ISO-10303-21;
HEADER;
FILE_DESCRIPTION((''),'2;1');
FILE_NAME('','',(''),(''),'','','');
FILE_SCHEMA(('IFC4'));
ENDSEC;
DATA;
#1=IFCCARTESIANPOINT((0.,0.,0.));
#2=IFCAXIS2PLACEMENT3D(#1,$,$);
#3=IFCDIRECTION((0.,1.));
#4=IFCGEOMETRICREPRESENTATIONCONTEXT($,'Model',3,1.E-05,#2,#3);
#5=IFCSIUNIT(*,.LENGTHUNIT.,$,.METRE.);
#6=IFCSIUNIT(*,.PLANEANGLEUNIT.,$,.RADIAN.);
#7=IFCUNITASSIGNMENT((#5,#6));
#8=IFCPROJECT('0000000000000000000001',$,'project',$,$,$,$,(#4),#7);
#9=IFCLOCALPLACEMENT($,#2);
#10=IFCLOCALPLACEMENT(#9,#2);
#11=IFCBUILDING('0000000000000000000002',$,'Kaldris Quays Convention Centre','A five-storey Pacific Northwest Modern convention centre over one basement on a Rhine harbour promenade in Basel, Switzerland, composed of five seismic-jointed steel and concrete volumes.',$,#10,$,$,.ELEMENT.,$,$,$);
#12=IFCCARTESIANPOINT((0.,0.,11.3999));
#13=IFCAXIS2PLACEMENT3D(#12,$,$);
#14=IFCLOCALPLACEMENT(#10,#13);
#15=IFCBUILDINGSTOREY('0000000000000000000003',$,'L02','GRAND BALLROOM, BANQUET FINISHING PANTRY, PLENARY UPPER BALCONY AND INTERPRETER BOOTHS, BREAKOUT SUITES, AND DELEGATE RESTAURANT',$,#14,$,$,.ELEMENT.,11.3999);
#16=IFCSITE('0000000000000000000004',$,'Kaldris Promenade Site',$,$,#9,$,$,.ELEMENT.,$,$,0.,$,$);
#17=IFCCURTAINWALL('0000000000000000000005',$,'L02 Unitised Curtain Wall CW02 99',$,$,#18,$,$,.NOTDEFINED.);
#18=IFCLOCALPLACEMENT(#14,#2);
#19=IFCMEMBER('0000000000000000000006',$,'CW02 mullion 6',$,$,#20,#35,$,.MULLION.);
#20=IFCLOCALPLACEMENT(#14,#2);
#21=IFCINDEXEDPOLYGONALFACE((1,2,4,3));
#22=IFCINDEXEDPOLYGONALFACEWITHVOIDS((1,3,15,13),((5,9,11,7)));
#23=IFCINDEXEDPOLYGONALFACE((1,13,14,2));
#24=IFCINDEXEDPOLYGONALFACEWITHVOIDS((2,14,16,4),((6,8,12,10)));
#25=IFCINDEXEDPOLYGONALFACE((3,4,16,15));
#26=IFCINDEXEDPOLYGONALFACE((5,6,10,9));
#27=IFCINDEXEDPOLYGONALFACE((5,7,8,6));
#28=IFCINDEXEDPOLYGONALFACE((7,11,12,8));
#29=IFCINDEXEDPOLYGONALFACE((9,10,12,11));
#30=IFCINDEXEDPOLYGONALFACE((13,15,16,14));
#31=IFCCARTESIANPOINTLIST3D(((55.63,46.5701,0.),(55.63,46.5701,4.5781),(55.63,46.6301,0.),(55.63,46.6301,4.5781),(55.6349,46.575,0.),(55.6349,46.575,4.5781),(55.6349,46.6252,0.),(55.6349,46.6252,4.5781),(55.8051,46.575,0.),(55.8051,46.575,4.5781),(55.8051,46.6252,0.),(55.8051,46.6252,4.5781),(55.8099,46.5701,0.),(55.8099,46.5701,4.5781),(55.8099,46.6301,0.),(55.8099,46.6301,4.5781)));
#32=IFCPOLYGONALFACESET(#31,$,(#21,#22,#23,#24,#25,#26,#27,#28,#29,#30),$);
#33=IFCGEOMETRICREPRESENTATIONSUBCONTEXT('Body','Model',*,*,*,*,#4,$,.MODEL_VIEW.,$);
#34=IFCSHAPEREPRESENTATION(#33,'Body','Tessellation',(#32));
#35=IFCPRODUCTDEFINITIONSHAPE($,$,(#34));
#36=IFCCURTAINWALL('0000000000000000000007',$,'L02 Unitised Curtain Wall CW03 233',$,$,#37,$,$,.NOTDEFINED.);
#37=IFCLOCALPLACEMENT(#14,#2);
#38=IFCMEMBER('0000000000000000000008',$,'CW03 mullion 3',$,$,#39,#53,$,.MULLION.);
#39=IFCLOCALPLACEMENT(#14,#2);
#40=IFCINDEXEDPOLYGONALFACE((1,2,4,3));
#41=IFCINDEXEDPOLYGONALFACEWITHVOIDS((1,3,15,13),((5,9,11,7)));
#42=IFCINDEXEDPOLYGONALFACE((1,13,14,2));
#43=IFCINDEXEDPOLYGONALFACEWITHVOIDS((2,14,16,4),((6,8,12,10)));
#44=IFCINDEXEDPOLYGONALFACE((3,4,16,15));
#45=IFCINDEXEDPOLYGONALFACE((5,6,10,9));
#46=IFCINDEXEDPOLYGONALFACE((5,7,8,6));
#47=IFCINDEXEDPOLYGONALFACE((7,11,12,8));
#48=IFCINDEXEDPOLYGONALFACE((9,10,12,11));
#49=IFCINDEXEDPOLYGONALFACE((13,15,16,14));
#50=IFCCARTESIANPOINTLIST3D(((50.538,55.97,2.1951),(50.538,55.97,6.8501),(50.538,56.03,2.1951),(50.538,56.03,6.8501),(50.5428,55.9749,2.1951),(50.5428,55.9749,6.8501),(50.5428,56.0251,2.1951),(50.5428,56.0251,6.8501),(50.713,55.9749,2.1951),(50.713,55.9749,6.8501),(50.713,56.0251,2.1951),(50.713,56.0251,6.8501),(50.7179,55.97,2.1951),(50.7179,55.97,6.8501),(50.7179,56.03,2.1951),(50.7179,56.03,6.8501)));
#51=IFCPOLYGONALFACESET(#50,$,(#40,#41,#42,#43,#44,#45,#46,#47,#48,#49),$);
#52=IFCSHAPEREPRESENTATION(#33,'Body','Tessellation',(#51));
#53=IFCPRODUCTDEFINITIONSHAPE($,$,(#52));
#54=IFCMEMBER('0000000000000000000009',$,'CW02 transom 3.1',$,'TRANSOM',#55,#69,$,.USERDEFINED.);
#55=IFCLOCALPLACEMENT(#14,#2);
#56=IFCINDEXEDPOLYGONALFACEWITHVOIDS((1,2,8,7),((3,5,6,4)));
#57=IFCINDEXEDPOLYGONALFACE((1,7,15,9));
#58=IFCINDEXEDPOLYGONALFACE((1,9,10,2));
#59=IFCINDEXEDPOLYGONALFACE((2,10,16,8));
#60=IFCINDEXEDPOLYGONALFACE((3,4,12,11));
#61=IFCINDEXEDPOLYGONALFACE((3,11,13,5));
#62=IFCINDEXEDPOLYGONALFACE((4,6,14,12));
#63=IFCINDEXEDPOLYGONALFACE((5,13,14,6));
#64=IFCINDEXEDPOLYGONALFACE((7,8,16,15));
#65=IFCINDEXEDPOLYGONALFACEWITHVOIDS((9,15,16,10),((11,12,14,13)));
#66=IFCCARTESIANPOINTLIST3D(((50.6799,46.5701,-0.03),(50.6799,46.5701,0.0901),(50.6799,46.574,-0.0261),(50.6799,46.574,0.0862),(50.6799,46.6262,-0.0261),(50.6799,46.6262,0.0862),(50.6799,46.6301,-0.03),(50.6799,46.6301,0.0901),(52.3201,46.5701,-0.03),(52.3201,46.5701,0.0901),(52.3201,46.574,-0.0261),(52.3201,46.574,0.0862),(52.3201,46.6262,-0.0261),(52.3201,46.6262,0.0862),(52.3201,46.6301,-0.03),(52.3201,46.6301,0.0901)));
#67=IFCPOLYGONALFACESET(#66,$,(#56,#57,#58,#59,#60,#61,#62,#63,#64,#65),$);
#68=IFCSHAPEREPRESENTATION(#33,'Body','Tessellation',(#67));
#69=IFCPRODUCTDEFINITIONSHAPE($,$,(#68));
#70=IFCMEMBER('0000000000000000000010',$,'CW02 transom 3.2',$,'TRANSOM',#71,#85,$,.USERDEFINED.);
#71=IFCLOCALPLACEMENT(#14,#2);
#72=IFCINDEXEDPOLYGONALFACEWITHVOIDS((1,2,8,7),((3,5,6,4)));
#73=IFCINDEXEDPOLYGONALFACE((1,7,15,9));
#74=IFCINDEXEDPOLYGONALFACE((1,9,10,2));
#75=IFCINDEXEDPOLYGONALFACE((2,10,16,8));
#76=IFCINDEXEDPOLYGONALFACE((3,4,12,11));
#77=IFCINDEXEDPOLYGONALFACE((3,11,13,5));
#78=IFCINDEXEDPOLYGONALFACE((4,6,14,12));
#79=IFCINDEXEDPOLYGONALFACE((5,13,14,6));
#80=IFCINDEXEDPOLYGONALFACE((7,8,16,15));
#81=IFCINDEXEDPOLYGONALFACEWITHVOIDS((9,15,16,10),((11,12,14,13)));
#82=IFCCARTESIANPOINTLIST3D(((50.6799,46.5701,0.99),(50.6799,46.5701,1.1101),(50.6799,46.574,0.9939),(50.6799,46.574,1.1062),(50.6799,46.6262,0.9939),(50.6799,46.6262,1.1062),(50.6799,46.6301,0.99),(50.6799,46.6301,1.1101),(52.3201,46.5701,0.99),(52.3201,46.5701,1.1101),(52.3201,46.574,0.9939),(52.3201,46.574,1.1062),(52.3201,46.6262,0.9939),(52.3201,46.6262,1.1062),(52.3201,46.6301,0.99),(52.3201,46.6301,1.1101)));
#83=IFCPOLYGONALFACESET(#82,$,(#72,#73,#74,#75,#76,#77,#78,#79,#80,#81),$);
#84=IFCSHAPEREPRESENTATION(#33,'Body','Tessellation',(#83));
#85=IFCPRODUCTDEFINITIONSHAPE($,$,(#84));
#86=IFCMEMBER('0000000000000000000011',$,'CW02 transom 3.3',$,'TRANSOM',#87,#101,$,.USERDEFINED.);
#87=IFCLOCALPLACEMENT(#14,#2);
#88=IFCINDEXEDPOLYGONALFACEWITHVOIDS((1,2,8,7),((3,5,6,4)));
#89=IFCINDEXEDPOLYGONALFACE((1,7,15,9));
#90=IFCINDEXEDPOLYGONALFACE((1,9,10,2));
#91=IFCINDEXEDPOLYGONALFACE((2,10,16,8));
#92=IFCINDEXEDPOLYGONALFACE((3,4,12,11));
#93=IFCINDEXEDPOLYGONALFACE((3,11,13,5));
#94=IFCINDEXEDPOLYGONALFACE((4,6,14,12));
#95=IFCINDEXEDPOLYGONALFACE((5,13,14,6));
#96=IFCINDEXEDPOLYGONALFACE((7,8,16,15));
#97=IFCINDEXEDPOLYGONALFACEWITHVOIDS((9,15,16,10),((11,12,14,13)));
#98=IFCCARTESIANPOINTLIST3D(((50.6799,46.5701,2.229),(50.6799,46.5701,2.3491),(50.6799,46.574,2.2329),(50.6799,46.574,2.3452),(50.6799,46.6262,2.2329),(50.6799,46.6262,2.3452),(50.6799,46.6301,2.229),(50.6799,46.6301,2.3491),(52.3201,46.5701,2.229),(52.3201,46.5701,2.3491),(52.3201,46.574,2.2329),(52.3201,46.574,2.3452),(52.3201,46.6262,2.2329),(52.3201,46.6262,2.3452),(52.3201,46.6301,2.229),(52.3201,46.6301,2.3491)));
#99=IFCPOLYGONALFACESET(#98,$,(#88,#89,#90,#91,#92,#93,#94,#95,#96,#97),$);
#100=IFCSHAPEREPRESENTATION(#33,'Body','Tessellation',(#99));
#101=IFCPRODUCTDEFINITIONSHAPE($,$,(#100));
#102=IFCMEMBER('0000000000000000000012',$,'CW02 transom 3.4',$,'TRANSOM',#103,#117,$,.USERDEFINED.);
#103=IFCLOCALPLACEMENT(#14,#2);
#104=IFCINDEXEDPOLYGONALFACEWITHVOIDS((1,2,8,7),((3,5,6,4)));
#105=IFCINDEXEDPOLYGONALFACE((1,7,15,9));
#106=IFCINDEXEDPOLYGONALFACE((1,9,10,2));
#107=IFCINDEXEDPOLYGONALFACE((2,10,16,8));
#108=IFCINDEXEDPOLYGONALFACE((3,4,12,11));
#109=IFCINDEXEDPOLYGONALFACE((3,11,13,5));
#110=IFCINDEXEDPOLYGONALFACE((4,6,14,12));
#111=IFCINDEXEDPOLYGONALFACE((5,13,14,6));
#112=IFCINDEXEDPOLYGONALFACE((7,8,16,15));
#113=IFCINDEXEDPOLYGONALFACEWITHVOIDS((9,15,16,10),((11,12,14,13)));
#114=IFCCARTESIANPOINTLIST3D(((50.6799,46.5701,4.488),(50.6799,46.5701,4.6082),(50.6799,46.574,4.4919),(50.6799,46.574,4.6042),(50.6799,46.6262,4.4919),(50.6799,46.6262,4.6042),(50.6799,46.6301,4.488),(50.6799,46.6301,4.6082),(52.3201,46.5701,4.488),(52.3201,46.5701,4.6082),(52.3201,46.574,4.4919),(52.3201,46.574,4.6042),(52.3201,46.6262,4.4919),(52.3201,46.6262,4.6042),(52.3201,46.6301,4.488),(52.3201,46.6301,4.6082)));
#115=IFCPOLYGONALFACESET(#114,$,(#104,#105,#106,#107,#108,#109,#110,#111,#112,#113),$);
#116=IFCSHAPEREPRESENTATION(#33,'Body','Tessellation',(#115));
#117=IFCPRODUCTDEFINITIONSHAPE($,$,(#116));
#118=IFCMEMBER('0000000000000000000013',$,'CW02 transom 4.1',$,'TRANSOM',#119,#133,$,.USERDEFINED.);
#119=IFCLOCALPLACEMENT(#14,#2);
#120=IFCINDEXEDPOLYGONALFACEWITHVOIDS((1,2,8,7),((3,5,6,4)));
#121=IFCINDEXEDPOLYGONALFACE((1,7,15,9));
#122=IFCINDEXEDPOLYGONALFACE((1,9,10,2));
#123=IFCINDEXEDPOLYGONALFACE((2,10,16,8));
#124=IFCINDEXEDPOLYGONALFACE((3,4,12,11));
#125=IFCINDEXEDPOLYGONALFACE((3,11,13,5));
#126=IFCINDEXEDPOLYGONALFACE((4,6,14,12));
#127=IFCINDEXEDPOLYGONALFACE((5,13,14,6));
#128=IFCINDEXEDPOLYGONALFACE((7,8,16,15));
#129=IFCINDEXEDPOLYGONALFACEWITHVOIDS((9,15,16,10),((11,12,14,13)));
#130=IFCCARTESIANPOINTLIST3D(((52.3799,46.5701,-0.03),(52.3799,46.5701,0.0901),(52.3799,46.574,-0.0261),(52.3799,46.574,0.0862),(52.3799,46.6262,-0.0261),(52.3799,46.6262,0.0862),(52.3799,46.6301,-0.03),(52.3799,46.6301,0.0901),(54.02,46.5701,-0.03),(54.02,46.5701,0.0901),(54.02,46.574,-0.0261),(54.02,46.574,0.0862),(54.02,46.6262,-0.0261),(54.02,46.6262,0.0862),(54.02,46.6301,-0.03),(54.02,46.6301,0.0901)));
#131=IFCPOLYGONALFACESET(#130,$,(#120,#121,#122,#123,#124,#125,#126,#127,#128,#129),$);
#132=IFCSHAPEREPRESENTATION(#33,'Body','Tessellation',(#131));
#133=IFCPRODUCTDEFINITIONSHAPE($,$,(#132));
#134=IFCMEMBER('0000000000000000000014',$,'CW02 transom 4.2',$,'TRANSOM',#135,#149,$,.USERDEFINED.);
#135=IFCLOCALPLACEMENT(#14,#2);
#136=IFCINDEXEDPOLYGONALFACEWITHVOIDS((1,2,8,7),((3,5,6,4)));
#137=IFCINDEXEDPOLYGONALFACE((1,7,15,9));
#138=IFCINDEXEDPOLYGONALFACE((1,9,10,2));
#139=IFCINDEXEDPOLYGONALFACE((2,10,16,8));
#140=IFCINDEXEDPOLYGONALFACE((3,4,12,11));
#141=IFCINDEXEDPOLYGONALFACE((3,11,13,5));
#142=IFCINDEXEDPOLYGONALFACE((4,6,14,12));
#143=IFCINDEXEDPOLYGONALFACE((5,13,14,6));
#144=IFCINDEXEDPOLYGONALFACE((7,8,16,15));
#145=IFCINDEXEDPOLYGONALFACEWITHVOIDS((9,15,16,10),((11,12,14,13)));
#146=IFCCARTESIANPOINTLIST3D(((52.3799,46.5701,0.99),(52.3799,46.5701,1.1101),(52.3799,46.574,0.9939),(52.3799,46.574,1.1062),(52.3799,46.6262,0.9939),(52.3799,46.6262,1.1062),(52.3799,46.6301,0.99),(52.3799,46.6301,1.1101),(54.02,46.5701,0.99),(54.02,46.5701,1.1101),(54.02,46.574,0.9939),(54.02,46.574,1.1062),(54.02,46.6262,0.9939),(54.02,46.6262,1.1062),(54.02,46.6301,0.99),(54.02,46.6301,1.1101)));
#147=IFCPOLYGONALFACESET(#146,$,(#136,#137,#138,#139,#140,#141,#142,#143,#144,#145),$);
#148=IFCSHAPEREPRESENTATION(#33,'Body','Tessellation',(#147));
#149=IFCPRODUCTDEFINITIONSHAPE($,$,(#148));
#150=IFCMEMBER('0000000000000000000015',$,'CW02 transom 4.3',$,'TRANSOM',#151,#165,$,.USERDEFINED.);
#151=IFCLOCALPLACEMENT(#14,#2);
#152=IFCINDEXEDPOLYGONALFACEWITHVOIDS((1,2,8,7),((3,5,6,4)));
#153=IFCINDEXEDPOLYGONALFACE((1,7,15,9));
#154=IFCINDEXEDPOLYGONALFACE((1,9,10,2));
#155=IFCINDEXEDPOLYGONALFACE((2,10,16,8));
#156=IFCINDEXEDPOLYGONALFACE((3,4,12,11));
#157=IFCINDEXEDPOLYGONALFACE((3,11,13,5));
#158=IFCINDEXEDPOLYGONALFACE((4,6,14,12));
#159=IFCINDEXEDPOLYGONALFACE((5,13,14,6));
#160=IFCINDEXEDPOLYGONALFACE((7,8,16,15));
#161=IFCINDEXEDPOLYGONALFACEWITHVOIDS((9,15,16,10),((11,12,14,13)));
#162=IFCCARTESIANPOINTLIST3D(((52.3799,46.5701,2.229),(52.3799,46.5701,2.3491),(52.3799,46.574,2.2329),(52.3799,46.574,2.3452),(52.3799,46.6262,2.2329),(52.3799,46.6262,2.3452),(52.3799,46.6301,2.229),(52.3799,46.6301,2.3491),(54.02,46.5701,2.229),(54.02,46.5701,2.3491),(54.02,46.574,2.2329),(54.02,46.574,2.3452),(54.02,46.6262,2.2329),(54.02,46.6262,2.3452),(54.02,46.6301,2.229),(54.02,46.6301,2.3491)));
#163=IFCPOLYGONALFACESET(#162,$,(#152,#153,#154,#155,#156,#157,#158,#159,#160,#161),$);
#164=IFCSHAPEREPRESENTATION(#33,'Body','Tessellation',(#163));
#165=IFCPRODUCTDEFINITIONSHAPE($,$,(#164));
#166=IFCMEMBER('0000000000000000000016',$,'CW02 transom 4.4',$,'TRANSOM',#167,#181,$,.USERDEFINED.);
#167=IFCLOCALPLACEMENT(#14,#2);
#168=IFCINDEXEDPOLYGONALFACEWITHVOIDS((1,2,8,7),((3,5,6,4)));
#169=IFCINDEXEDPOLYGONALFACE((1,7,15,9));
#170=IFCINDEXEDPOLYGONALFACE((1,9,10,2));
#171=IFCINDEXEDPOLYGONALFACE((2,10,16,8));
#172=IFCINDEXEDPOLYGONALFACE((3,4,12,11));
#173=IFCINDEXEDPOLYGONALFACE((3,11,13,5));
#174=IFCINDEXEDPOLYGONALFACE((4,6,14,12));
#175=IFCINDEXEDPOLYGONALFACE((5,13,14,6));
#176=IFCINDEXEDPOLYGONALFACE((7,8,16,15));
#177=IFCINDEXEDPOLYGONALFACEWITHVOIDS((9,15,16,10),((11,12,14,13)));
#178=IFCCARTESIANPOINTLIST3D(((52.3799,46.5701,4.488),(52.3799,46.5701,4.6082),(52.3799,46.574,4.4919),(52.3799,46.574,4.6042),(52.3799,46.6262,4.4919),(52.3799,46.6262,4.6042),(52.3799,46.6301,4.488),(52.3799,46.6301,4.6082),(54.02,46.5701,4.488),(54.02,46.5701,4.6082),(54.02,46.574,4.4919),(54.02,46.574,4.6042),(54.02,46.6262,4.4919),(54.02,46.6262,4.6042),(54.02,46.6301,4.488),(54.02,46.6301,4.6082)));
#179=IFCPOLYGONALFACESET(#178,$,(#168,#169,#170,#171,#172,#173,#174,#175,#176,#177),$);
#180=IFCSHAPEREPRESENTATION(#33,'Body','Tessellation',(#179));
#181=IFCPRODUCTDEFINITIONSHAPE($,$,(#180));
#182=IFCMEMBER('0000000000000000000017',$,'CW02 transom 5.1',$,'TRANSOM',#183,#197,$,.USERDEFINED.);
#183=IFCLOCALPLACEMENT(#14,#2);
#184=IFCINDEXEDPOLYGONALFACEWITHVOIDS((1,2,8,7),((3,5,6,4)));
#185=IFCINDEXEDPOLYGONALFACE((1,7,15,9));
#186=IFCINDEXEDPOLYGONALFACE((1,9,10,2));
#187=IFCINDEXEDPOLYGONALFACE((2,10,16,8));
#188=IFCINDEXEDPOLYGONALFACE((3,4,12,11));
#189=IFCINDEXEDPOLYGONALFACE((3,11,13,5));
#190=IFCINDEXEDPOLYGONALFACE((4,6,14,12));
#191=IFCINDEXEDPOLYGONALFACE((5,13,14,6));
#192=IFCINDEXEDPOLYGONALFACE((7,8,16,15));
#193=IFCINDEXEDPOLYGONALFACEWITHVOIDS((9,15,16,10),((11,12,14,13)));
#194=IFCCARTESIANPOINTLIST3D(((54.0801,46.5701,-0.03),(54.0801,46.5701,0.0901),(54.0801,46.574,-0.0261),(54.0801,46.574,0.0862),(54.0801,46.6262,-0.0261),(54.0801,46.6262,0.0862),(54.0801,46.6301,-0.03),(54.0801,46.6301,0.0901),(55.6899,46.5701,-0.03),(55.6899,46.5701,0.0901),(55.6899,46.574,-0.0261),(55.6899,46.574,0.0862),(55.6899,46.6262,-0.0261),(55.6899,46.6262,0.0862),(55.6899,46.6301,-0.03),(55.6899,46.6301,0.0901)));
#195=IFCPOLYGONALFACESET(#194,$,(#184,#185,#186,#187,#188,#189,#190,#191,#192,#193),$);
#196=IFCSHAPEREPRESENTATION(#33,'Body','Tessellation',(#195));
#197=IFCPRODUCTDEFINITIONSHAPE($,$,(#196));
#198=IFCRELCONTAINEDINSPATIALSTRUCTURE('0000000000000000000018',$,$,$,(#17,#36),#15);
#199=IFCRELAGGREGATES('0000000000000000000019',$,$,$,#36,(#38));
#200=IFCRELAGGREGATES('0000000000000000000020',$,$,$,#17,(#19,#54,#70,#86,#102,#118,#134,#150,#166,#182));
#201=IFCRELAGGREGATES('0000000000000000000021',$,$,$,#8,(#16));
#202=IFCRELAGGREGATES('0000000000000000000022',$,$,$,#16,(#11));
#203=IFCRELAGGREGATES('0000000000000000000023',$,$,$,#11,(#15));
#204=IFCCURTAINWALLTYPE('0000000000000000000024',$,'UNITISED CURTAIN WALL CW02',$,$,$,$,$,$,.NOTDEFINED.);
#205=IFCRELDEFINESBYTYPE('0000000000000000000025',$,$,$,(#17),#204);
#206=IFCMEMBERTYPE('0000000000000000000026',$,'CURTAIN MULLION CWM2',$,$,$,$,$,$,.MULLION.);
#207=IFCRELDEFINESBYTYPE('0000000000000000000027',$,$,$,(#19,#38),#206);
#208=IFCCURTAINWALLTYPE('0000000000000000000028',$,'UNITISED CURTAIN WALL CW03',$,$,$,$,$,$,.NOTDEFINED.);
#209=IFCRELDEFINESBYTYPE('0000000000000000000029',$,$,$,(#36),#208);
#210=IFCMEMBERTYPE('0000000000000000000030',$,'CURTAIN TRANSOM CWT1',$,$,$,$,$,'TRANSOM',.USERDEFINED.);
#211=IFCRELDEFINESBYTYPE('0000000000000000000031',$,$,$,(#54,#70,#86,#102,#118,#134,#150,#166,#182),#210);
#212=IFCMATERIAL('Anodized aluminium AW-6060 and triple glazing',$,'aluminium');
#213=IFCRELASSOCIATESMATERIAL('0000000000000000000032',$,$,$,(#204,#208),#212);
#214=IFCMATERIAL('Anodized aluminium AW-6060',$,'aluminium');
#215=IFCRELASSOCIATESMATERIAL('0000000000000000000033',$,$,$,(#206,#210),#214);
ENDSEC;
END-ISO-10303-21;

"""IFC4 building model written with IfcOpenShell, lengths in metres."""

from ifc_helpers import new_model, si_unit, direction, frame, origin, origin_2d, place, context, subcontext, project, spatial, hollow_rectangle, extrude, material, material_profile, profile_set, type_object, element, aggregate, save


model = new_model("IFC4")

# Units and contexts
model_context = context("Model", 3, precision=1e-05, world=origin(), true_north=direction((0.0, 1.0)))
body_context = subcontext(model_context, "Body", "Model", "MODEL_VIEW")
ifc_project = project(units=[si_unit("LENGTHUNIT", "METRE"), si_unit("PLANEANGLEUNIT", "RADIAN")], contexts=[model_context])

# Site, building, storey
site_placement = place(None, origin())
site = spatial("IfcSite", under=ifc_project, at=site_placement, Name="Kaldris Promenade Site", CompositionType="ELEMENT", RefElevation=0.0)
building_placement = place(site_placement, origin())
building = spatial("IfcBuilding", under=site, at=building_placement, Name="Kaldris Quays Convention Centre", Description="A five-storey Pacific Northwest Modern convention centre over one basement on a Rhine harbour promenade in Basel, Switzerland, composed of five seismic-jointed steel and concrete volumes.", CompositionType="ELEMENT")
storey_placement = place(building_placement, frame((0.0, 0.0, 11.3999)))
storey = spatial("IfcBuildingStorey", under=building, at=storey_placement, Name="L02", Description="GRAND BALLROOM, BANQUET FINISHING PANTRY, PLENARY UPPER BALCONY AND INTERPRETER BOOTHS, BREAKOUT SUITES, AND DELEGATE RESTAURANT", CompositionType="ELEMENT", Elevation=11.3999)

# Curtain wall, member
ifc_material_1 = material(Name="Anodized aluminium AW-6060 and triple glazing", Category="aluminium")
curtain_wall_type_1 = type_object("IfcCurtainWallType", Name="UNITISED CURTAIN WALL CW02", PredefinedType="NOTDEFINED", material=ifc_material_1)
curtain_wall_1_placement = place(storey_placement, origin())
curtain_wall_1 = element("IfcCurtainWall", 1, at=curtain_wall_1_placement, inside=storey, type_object=curtain_wall_type_1, Name="L02 Unitised Curtain Wall CW02 99", PredefinedType="NOTDEFINED")
ifc_material_2 = material(Name="Anodized aluminium AW-6060", Category="aluminium")
ifc_material_profile_1 = material_profile(ifc_material_2, hollow_rectangle(XDim=0.0601, YDim=0.1799, WallThickness=0.0049, at=origin_2d()), Name="RHS 180x60x5")
ifc_profile_set_1 = profile_set([ifc_material_profile_1], Name="Anodized aluminium AW-6060")
member_type_1 = type_object("IfcMemberType", Name="CURTAIN MULLION CWM2", PredefinedType="MULLION", material=ifc_profile_set_1)
member_1_placement = place(storey_placement, frame((55.72, 46.6001, 0.0), z_axis=(0.0, 0.0, 1.0), x_axis=(0.0, 1.0, 0.0)))
member_1 = element("IfcMember", 2, at=member_1_placement, type_object=member_type_1, Name="CW02 mullion 6", PredefinedType="MULLION", context=body_context, shape_type="SweptSolid", body=[
    extrude(hollow_rectangle(XDim=0.0601, YDim=0.1799, WallThickness=0.0049, at=origin_2d()), origin(), (0.0, 0.0, 1.0), 4.5781),
])

# Curtain wall, member
curtain_wall_type_2 = type_object("IfcCurtainWallType", Name="UNITISED CURTAIN WALL CW03", PredefinedType="NOTDEFINED", material=ifc_material_1)
curtain_wall_2_placement = place(storey_placement, origin())
curtain_wall_2 = element("IfcCurtainWall", 3, at=curtain_wall_2_placement, inside=storey, type_object=curtain_wall_type_2, Name="L02 Unitised Curtain Wall CW03 233", PredefinedType="NOTDEFINED")
member_2_placement = place(storey_placement, frame((50.6279, 56.0, 2.1951), z_axis=(0.0, 0.0, 1.0), x_axis=(0.0, 1.0, 0.0)))
member_2 = element("IfcMember", 4, at=member_2_placement, type_object=member_type_1, Name="CW03 mullion 3", PredefinedType="MULLION", context=body_context, shape_type="SweptSolid", body=[
    extrude(hollow_rectangle(XDim=0.0601, YDim=0.1799, WallThickness=0.0049, at=origin_2d()), origin(), (0.0, 0.0, 1.0), 4.655),
])

# Members
ifc_material_profile_2 = material_profile(ifc_material_2, hollow_rectangle(XDim=0.0601, YDim=0.1201, WallThickness=0.0039, at=origin_2d()), Name="RHS 120x60x4")
ifc_profile_set_2 = profile_set([ifc_material_profile_2], Name="Anodized aluminium AW-6060")
member_type_2 = type_object("IfcMemberType", Name="CURTAIN TRANSOM CWT1", ElementType="TRANSOM", PredefinedType="USERDEFINED", material=ifc_profile_set_2)
member_3_placement = place(storey_placement, frame((50.6799, 46.6001, 0.03), z_axis=(1.0, 0.0, 0.0), x_axis=(0.0, 1.0, 0.0)))
member_3 = element("IfcMember", 5, at=member_3_placement, type_object=member_type_2, Name="CW02 transom 3.1", ObjectType="TRANSOM", PredefinedType="USERDEFINED", context=body_context, shape_type="SweptSolid", body=[
    extrude(hollow_rectangle(XDim=0.0601, YDim=0.1201, WallThickness=0.0039, at=origin_2d()), origin(), (0.0, 0.0, 1.0), 1.6401),
])
member_4_placement = place(storey_placement, frame((50.6799, 46.6001, 1.05), z_axis=(1.0, 0.0, 0.0), x_axis=(0.0, 1.0, 0.0)))
member_4 = element("IfcMember", 6, at=member_4_placement, type_object=member_type_2, Name="CW02 transom 3.2", ObjectType="TRANSOM", PredefinedType="USERDEFINED", context=body_context, shape_type="SweptSolid", body=[
    extrude(hollow_rectangle(XDim=0.0601, YDim=0.1201, WallThickness=0.0039, at=origin_2d()), origin(), (0.0, 0.0, 1.0), 1.6401),
])
member_5_placement = place(storey_placement, frame((50.6799, 46.6001, 2.2891), z_axis=(1.0, 0.0, 0.0), x_axis=(0.0, 1.0, 0.0)))
member_5 = element("IfcMember", 7, at=member_5_placement, type_object=member_type_2, Name="CW02 transom 3.3", ObjectType="TRANSOM", PredefinedType="USERDEFINED", context=body_context, shape_type="SweptSolid", body=[
    extrude(hollow_rectangle(XDim=0.0601, YDim=0.1201, WallThickness=0.0039, at=origin_2d()), origin(), (0.0, 0.0, 1.0), 1.6401),
])
member_6_placement = place(storey_placement, frame((50.6799, 46.6001, 4.5481), z_axis=(1.0, 0.0, 0.0), x_axis=(0.0, 1.0, 0.0)))
member_6 = element("IfcMember", 8, at=member_6_placement, type_object=member_type_2, Name="CW02 transom 3.4", ObjectType="TRANSOM", PredefinedType="USERDEFINED", context=body_context, shape_type="SweptSolid", body=[
    extrude(hollow_rectangle(XDim=0.0601, YDim=0.1201, WallThickness=0.0039, at=origin_2d()), origin(), (0.0, 0.0, 1.0), 1.6401),
])
member_7_placement = place(storey_placement, frame((52.3799, 46.6001, 0.03), z_axis=(1.0, 0.0, 0.0), x_axis=(0.0, 1.0, 0.0)))
member_7 = element("IfcMember", 9, at=member_7_placement, type_object=member_type_2, Name="CW02 transom 4.1", ObjectType="TRANSOM", PredefinedType="USERDEFINED", context=body_context, shape_type="SweptSolid", body=[
    extrude(hollow_rectangle(XDim=0.0601, YDim=0.1201, WallThickness=0.0039, at=origin_2d()), origin(), (0.0, 0.0, 1.0), 1.6401),
])
member_8_placement = place(storey_placement, frame((52.3799, 46.6001, 1.05), z_axis=(1.0, 0.0, 0.0), x_axis=(0.0, 1.0, 0.0)))
member_8 = element("IfcMember", 10, at=member_8_placement, type_object=member_type_2, Name="CW02 transom 4.2", ObjectType="TRANSOM", PredefinedType="USERDEFINED", context=body_context, shape_type="SweptSolid", body=[
    extrude(hollow_rectangle(XDim=0.0601, YDim=0.1201, WallThickness=0.0039, at=origin_2d()), origin(), (0.0, 0.0, 1.0), 1.6401),
])
member_9_placement = place(storey_placement, frame((52.3799, 46.6001, 2.2891), z_axis=(1.0, 0.0, 0.0), x_axis=(0.0, 1.0, 0.0)))
member_9 = element("IfcMember", 11, at=member_9_placement, type_object=member_type_2, Name="CW02 transom 4.3", ObjectType="TRANSOM", PredefinedType="USERDEFINED", context=body_context, shape_type="SweptSolid", body=[
    extrude(hollow_rectangle(XDim=0.0601, YDim=0.1201, WallThickness=0.0039, at=origin_2d()), origin(), (0.0, 0.0, 1.0), 1.6401),
])
member_10_placement = place(storey_placement, frame((52.3799, 46.6001, 4.5481), z_axis=(1.0, 0.0, 0.0), x_axis=(0.0, 1.0, 0.0)))
member_10 = element("IfcMember", 12, at=member_10_placement, type_object=member_type_2, Name="CW02 transom 4.4", ObjectType="TRANSOM", PredefinedType="USERDEFINED", context=body_context, shape_type="SweptSolid", body=[
    extrude(hollow_rectangle(XDim=0.0601, YDim=0.1201, WallThickness=0.0039, at=origin_2d()), origin(), (0.0, 0.0, 1.0), 1.6401),
])
member_11_placement = place(storey_placement, frame((54.0801, 46.6001, 0.03), z_axis=(1.0, 0.0, 0.0), x_axis=(0.0, 1.0, 0.0)))
member_11 = element("IfcMember", 13, at=member_11_placement, type_object=member_type_2, Name="CW02 transom 5.1", ObjectType="TRANSOM", PredefinedType="USERDEFINED", context=body_context, shape_type="SweptSolid", body=[
    extrude(hollow_rectangle(XDim=0.0601, YDim=0.1201, WallThickness=0.0039, at=origin_2d()), origin(), (0.0, 0.0, 1.0), 1.6099),
])
aggregate(curtain_wall_2, [member_2])

aggregate(curtain_wall_1, [member_1, member_3, member_4, member_5, member_6, member_7, member_8, member_9, member_10, member_11])

save(model, "model.ifc")
